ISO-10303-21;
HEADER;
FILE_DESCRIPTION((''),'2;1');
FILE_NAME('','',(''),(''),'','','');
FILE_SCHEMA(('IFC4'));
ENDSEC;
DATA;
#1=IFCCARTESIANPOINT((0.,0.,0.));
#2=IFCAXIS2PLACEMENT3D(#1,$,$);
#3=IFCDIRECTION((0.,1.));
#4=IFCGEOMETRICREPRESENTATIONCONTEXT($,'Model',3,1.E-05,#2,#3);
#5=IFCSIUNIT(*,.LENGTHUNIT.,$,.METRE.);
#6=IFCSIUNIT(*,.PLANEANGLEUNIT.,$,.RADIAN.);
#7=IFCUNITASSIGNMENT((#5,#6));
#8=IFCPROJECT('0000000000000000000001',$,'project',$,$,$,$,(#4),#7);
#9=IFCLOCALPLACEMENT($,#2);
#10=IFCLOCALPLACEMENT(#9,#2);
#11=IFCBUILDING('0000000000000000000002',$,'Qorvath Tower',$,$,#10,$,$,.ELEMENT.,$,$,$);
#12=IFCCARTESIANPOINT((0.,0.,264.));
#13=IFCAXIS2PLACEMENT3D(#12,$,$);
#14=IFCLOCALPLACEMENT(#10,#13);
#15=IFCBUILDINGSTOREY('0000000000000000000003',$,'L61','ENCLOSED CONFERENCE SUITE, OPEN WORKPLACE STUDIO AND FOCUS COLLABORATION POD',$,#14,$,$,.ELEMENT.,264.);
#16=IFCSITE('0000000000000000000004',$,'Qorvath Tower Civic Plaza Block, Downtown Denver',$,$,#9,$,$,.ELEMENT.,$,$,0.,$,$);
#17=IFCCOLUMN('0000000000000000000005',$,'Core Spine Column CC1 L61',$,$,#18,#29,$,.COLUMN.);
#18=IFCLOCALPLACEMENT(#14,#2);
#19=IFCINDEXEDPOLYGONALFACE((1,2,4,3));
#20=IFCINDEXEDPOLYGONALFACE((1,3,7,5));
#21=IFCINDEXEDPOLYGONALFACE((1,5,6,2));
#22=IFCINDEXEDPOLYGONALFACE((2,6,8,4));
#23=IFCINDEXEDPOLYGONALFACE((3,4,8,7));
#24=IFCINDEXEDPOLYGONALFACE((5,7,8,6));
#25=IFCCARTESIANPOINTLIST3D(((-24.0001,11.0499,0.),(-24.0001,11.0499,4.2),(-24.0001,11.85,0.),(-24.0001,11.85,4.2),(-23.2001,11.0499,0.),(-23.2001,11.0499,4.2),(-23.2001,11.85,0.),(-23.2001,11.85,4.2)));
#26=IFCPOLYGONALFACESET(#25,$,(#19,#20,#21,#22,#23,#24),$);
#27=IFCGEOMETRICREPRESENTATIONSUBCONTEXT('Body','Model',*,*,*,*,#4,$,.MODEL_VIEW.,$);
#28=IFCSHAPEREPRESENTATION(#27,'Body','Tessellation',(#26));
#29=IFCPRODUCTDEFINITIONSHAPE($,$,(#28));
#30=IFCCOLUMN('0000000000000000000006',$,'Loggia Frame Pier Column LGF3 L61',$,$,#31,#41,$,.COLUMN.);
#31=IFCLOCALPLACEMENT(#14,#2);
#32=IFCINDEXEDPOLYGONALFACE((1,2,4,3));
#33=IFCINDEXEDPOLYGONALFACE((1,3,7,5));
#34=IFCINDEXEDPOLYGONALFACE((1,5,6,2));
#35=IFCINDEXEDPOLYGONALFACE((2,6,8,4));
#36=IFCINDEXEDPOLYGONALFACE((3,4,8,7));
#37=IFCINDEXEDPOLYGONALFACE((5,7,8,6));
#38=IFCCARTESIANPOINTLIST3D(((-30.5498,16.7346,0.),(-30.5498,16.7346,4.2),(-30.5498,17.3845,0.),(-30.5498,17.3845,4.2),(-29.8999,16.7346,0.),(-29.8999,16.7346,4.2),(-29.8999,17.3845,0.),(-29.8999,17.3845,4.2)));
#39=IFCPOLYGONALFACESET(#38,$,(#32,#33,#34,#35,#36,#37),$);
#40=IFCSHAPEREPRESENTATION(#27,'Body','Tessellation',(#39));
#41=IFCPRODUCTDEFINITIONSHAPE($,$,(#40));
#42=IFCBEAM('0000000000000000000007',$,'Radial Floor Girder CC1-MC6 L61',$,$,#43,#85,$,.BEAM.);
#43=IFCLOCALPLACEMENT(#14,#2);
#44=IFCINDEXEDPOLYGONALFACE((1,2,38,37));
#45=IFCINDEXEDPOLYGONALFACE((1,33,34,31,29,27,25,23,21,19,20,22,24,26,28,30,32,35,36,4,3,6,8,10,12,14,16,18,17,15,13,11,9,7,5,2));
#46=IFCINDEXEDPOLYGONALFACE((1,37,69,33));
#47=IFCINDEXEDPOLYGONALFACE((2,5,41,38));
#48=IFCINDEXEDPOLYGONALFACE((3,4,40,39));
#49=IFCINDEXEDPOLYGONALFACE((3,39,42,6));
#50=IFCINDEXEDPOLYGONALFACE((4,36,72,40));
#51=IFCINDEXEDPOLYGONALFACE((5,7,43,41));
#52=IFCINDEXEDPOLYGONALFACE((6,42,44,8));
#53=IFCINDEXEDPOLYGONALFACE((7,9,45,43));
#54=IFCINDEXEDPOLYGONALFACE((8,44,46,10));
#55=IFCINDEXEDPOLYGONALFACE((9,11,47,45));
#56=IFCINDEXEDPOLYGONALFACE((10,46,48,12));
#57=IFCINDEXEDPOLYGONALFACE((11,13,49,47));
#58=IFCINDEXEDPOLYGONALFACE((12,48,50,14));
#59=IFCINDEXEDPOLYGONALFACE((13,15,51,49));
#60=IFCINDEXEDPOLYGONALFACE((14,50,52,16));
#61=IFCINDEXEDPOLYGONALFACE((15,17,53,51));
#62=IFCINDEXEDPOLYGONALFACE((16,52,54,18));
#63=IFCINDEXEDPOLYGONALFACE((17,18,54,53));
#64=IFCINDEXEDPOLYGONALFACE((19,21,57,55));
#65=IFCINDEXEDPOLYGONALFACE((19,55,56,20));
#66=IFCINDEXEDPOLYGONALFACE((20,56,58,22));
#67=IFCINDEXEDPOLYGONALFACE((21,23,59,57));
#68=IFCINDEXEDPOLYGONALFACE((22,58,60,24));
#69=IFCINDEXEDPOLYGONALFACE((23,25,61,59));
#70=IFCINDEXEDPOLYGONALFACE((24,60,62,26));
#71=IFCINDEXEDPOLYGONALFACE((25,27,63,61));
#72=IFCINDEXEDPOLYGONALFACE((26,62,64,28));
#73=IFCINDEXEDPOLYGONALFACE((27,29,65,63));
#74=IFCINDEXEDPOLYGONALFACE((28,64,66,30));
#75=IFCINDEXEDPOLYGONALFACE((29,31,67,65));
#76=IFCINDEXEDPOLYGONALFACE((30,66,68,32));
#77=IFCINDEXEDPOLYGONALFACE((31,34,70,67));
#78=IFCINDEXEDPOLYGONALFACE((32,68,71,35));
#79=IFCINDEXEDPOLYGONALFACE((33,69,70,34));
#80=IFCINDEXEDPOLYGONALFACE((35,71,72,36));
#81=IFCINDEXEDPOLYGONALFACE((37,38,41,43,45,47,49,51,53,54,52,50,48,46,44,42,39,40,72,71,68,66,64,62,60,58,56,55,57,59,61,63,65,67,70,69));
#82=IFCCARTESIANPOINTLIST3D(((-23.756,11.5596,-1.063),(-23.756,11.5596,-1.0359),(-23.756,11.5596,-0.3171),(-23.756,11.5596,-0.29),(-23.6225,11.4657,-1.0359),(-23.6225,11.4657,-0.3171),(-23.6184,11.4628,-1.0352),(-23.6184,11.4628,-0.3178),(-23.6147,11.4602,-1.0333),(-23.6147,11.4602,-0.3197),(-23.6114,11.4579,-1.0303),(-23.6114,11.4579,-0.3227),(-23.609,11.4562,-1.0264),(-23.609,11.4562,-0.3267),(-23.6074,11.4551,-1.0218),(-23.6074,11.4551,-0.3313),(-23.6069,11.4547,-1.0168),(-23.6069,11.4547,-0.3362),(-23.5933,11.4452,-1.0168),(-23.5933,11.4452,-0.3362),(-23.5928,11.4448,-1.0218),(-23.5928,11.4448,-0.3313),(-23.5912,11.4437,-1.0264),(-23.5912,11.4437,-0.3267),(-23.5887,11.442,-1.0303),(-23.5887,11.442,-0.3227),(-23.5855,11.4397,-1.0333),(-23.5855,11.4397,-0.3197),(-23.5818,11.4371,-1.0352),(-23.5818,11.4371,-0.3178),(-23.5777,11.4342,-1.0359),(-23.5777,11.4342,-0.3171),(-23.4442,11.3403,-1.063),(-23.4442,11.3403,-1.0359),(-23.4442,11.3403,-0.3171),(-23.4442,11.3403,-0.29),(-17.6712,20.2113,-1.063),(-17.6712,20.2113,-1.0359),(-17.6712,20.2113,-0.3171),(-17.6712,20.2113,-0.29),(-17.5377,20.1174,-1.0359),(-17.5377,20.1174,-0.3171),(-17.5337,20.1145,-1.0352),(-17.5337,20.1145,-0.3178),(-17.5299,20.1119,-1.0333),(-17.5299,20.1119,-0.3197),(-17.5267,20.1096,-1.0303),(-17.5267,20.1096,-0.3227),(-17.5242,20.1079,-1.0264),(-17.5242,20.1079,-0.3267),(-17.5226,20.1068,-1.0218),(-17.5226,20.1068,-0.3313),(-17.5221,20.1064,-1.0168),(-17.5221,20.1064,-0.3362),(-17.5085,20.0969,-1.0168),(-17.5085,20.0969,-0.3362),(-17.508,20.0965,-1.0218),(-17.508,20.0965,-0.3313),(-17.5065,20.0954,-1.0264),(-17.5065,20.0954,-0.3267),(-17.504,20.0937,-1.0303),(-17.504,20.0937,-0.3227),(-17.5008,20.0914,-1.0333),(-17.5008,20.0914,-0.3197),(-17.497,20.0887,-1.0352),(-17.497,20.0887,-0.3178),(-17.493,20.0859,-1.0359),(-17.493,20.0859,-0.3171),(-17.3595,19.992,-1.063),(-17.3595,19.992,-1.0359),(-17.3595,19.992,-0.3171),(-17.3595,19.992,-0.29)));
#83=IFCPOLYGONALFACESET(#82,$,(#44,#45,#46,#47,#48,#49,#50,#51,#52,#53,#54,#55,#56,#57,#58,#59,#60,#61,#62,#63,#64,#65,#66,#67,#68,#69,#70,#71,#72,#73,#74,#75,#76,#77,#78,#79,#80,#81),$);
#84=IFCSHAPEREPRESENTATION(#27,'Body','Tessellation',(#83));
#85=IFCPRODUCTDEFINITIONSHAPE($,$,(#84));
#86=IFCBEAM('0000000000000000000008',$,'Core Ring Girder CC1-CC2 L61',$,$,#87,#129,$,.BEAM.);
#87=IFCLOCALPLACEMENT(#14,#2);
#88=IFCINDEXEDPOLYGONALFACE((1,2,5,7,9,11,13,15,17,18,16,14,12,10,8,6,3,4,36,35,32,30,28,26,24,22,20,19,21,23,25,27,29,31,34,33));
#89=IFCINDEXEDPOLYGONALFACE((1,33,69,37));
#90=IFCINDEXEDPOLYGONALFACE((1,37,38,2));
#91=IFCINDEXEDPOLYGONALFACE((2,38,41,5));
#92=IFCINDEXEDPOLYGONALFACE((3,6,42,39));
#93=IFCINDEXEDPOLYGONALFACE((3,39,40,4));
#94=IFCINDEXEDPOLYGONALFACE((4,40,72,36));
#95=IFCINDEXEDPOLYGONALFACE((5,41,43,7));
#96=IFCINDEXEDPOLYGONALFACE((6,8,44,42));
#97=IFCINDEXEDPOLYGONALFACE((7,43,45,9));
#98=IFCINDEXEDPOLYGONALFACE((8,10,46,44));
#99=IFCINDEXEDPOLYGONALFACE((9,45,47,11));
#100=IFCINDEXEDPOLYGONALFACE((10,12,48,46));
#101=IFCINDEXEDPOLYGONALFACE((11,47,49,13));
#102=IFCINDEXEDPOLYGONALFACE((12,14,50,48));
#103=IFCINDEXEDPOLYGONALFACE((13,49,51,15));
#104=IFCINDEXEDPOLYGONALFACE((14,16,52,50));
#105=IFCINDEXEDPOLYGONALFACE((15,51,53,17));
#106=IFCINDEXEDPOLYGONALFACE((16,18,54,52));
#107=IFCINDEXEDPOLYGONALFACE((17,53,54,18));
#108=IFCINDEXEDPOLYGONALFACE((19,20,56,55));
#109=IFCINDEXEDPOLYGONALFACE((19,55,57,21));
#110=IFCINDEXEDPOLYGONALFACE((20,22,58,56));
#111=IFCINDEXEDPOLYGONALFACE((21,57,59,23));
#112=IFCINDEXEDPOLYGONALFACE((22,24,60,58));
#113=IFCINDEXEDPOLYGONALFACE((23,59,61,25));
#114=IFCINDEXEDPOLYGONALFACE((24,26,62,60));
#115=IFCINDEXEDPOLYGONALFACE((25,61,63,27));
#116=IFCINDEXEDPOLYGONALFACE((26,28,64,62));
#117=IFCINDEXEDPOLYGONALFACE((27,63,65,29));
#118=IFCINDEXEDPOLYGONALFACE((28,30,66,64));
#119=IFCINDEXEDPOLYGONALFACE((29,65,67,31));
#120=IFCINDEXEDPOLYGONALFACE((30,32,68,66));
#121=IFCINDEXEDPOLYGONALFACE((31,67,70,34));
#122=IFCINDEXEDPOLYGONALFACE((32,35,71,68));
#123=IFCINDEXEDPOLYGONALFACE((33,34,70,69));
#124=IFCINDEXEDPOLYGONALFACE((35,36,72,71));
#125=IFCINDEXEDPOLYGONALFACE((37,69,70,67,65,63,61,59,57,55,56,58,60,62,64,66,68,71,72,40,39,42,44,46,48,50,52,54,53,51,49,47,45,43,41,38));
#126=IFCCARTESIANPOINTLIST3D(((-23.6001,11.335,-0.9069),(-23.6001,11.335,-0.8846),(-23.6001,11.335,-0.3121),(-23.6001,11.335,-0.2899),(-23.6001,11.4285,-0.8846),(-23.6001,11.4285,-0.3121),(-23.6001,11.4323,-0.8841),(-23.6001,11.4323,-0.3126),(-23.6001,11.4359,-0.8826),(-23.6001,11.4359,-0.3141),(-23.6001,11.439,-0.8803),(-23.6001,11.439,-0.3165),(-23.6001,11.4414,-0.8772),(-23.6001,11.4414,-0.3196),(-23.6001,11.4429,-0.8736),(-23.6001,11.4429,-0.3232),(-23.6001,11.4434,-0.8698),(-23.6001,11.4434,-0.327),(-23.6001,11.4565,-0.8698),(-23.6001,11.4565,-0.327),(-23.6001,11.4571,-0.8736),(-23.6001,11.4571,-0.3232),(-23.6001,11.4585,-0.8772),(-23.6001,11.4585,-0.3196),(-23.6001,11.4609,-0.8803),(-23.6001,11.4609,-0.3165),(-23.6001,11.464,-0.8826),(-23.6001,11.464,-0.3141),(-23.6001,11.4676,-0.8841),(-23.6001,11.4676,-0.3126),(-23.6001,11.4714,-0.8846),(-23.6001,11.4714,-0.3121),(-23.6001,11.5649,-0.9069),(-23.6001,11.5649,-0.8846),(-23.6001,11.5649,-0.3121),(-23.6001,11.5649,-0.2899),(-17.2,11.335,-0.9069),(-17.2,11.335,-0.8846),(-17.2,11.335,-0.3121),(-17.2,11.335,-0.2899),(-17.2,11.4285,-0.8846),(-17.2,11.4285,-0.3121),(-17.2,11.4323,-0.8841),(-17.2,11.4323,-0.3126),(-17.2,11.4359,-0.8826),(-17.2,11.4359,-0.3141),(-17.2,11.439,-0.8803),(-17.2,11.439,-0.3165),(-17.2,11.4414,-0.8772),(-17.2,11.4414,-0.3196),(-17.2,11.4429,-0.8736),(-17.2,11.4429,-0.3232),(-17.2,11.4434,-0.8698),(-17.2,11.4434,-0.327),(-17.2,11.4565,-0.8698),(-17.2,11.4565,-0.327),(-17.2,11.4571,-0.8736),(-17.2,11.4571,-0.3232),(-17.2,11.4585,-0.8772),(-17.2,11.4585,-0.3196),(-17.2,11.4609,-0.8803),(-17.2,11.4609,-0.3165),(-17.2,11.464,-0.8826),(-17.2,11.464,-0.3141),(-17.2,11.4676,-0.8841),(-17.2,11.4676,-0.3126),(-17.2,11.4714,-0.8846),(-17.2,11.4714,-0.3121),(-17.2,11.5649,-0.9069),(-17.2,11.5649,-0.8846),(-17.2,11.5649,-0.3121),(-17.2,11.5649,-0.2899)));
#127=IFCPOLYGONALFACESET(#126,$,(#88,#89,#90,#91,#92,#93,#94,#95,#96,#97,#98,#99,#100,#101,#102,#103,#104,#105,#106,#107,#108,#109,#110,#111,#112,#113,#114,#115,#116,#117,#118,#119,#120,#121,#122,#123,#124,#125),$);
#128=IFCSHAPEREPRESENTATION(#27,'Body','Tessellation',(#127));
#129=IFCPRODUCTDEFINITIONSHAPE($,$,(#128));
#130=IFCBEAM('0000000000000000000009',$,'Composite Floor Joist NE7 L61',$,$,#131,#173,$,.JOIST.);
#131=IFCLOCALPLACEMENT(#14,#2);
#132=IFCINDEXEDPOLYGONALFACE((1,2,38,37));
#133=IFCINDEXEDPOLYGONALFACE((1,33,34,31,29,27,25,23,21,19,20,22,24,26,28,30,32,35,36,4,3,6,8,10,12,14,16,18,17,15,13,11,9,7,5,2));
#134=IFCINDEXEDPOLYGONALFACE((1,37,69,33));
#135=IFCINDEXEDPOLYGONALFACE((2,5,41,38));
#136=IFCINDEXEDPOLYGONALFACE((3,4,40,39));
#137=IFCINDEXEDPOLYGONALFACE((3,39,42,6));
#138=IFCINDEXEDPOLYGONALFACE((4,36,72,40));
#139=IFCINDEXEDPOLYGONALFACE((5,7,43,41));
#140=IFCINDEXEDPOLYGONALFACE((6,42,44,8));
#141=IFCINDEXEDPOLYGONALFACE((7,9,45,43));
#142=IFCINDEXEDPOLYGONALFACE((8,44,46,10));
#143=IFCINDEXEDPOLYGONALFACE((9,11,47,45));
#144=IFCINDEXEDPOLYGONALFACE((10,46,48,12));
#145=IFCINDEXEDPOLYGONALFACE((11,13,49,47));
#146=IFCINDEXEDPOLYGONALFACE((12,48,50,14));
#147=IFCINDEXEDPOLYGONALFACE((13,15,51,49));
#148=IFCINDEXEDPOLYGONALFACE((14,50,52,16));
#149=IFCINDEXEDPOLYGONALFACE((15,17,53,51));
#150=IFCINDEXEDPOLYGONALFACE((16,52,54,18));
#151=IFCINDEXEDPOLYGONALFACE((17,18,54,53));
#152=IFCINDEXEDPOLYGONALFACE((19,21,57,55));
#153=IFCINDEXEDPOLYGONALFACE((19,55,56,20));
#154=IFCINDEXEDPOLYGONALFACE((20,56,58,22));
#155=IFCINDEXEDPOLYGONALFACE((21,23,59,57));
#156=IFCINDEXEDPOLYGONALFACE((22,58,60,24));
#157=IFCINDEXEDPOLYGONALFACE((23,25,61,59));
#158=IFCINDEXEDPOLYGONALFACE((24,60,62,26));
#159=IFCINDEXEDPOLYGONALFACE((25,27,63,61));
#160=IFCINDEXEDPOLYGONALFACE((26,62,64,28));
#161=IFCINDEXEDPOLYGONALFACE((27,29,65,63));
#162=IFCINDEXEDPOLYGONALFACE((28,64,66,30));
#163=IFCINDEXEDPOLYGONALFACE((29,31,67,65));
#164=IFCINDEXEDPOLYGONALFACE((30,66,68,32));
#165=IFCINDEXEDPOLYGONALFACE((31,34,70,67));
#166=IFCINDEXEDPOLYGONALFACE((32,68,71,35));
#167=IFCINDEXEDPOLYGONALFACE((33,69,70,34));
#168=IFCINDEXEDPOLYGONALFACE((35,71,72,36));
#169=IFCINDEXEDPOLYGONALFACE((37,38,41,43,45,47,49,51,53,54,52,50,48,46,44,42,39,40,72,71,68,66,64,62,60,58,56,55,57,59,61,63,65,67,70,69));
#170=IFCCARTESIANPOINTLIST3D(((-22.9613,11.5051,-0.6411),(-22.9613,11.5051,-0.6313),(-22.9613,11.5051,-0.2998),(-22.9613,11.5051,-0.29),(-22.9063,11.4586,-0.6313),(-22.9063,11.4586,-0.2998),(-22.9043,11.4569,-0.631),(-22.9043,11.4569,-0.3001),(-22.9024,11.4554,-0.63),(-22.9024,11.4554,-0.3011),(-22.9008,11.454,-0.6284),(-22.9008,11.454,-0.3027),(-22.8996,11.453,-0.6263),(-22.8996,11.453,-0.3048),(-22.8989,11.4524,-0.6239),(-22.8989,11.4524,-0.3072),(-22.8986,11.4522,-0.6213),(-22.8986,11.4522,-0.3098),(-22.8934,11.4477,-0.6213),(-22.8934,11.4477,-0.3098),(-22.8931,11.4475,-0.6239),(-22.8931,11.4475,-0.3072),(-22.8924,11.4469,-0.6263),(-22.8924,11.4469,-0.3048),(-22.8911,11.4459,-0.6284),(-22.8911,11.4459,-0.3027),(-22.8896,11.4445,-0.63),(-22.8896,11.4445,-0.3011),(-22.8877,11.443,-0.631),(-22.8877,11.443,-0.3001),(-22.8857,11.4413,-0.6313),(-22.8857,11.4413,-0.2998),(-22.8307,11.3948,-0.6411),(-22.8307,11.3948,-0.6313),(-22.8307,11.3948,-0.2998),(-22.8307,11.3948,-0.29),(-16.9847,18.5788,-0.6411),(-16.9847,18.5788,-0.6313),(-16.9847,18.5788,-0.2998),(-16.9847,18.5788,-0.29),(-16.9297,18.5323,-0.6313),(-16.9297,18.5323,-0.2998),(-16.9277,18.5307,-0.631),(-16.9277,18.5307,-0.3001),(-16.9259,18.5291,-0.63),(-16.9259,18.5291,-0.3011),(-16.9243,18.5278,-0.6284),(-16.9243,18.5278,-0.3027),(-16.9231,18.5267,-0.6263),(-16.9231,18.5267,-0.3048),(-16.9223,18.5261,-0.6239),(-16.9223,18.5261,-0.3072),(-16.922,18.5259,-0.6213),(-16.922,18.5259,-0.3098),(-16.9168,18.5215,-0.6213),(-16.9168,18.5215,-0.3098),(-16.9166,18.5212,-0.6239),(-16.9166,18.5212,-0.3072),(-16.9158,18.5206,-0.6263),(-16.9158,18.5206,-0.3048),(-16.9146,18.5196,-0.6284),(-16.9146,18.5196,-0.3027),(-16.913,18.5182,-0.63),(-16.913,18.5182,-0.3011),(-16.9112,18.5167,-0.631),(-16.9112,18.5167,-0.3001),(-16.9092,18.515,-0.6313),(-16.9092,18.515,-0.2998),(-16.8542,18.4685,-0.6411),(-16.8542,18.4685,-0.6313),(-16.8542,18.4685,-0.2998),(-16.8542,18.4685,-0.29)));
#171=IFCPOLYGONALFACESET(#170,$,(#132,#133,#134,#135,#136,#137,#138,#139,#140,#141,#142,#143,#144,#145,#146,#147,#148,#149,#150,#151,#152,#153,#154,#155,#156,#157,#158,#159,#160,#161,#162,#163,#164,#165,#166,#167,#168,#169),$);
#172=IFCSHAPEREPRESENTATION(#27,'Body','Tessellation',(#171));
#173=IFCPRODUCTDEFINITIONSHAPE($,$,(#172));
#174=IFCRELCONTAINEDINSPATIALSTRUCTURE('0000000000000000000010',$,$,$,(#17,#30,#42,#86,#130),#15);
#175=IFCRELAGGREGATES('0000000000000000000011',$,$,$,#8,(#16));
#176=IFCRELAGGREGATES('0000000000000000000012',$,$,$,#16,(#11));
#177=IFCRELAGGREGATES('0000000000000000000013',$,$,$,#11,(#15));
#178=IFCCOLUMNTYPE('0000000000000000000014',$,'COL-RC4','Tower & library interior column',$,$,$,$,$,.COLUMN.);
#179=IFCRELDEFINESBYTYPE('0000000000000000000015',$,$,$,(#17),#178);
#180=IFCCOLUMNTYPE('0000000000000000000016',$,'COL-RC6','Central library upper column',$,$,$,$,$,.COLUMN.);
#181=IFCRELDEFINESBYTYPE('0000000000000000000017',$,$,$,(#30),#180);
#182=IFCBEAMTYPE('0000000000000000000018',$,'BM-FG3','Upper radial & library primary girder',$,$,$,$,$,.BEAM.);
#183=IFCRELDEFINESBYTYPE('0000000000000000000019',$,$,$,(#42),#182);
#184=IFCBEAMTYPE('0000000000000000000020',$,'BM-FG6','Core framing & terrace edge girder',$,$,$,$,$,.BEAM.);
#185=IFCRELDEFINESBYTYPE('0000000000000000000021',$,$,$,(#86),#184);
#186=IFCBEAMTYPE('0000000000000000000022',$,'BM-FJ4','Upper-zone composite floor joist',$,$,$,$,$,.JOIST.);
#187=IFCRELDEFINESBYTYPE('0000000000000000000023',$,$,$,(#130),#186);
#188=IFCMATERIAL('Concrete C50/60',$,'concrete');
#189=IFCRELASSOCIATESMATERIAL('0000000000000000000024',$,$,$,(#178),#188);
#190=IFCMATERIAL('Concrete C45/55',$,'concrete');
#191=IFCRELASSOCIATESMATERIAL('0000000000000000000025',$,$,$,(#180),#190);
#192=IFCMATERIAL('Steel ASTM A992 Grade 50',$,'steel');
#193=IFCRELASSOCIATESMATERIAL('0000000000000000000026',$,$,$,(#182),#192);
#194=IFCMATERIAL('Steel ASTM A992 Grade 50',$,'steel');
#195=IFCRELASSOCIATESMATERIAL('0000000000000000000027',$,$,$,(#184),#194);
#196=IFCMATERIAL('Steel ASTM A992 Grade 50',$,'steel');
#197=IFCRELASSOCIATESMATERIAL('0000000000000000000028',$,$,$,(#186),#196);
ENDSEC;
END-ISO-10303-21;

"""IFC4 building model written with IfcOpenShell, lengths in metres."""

from ifc_helpers import new_model, si_unit, direction, frame, origin, origin_2d, place, context, subcontext, project, spatial, rectangle, i_section, extrude, material, material_profile, profile_set, type_object, element, save


model = new_model("IFC4")

# Units and contexts
model_context = context("Model", 3, precision=1e-05, world=origin(), true_north=direction((0.0, 1.0)))
body_context = subcontext(model_context, "Body", "Model", "MODEL_VIEW")
ifc_project = project(units=[si_unit("LENGTHUNIT", "METRE"), si_unit("PLANEANGLEUNIT", "RADIAN")], contexts=[model_context])

# Site, building, storey
site_placement = place(None, origin())
site = spatial("IfcSite", under=ifc_project, at=site_placement, Name="Qorvath Tower Civic Plaza Block, Downtown Denver", CompositionType="ELEMENT", RefElevation=0.0)
building_placement = place(site_placement, origin())
building = spatial("IfcBuilding", under=site, at=building_placement, Name="Qorvath Tower", CompositionType="ELEMENT")
storey_placement = place(building_placement, frame((0.0, 0.0, 264.0)))
storey = spatial("IfcBuildingStorey", under=building, at=storey_placement, Name="L61", Description="ENCLOSED CONFERENCE SUITE, OPEN WORKPLACE STUDIO AND FOCUS COLLABORATION POD", CompositionType="ELEMENT", Elevation=264.0)

# Columns
ifc_material_1 = material(Name="Concrete C50/60", Category="concrete")
ifc_material_profile_1 = material_profile(ifc_material_1, rectangle(XDim=0.8, YDim=0.8, at=origin_2d()), Name="RC 800x800")
ifc_profile_set_1 = profile_set([ifc_material_profile_1], Name="Concrete C50/60")
column_type_1 = type_object("IfcColumnType", Name="COL-RC4", Description="Tower & library interior column", PredefinedType="COLUMN", material=ifc_profile_set_1)
column_1_placement = place(storey_placement, frame((-23.6001, 11.45, 0.0), z_axis=(0.0, 0.0, 1.0), x_axis=(1.0, 0.0, 0.0)))
element("IfcColumn", 1, at=column_1_placement, inside=storey, type_object=column_type_1, Name="Core Spine Column CC1 L61", PredefinedType="COLUMN", context=body_context, shape_type="SweptSolid", body=[
    extrude(rectangle(XDim=0.8, YDim=0.8, at=origin_2d()), origin(), (0.0, 0.0, 1.0), 4.2),
])
ifc_material_2 = material(Name="Concrete C45/55", Category="concrete")
ifc_material_profile_2 = material_profile(ifc_material_2, rectangle(XDim=0.6499, YDim=0.6499, at=origin_2d()), Name="RC 650x650")
ifc_profile_set_2 = profile_set([ifc_material_profile_2], Name="Concrete C45/55")
column_type_2 = type_object("IfcColumnType", Name="COL-RC6", Description="Central library upper column", PredefinedType="COLUMN", material=ifc_profile_set_2)
column_2_placement = place(storey_placement, frame((-30.2249, 17.0596, 0.0), z_axis=(0.0, 0.0, 1.0), x_axis=(1.0, 0.0, 0.0)))
element("IfcColumn", 2, at=column_2_placement, inside=storey, type_object=column_type_2, Name="Loggia Frame Pier Column LGF3 L61", PredefinedType="COLUMN", context=body_context, shape_type="SweptSolid", body=[
    extrude(rectangle(XDim=0.6499, YDim=0.6499, at=origin_2d()), origin(), (0.0, 0.0, 1.0), 4.2),
])

# Beams
ifc_material_3 = material(Name="Steel ASTM A992 Grade 50", Category="steel")
ifc_material_profile_3 = material_profile(ifc_material_3, i_section(OverallWidth=0.3811, OverallDepth=0.7729, WebThickness=0.0166, FlangeThickness=0.0271, FilletRadius=0.019, at=origin_2d()), Name="W30x173")
ifc_profile_set_3 = profile_set([ifc_material_profile_3], Name="Steel ASTM A992 Grade 50")
beam_type_1 = type_object("IfcBeamType", Name="BM-FG3", Description="Upper radial & library primary girder", PredefinedType="BEAM", material=ifc_profile_set_3)
beam_1_placement = place(storey_placement, frame((-23.6001, 11.45, -0.6765), z_axis=(0.575275, 0.81796, 0.0), x_axis=(-0.81796, 0.575275, 0.0)))
element("IfcBeam", 3, at=beam_1_placement, inside=storey, type_object=beam_type_1, Name="Radial Floor Girder CC1-MC6 L61", PredefinedType="BEAM", context=body_context, shape_type="SweptSolid", body=[
    extrude(i_section(OverallWidth=0.3811, OverallDepth=0.7729, WebThickness=0.0166, FlangeThickness=0.0271, FilletRadius=0.019, at=origin_2d()), origin(), (0.0, 0.0, 1.0), 10.5771),
])
ifc_material_4 = material(Name="Steel ASTM A992 Grade 50", Category="steel")
ifc_material_profile_4 = material_profile(ifc_material_4, i_section(OverallWidth=0.23, OverallDepth=0.6169, WebThickness=0.0132, FlangeThickness=0.0222, FilletRadius=0.0149, at=origin_2d()), Name="W24x94")
ifc_profile_set_4 = profile_set([ifc_material_profile_4], Name="Steel ASTM A992 Grade 50")
beam_type_2 = type_object("IfcBeamType", Name="BM-FG6", Description="Core framing & terrace edge girder", PredefinedType="BEAM", material=ifc_profile_set_4)
beam_2_placement = place(storey_placement, frame((-23.6001, 11.45, -0.5984), z_axis=(1.0, 0.0, 0.0), x_axis=(0.0, 1.0, 0.0)))
element("IfcBeam", 4, at=beam_2_placement, inside=storey, type_object=beam_type_2, Name="Core Ring Girder CC1-CC2 L61", PredefinedType="BEAM", context=body_context, shape_type="SweptSolid", body=[
    extrude(i_section(OverallWidth=0.23, OverallDepth=0.6169, WebThickness=0.0132, FlangeThickness=0.0222, FilletRadius=0.0149, at=origin_2d()), origin(), (0.0, 0.0, 1.0), 6.4001),
])
ifc_material_5 = material(Name="Steel ASTM A992 Grade 50", Category="steel")
ifc_material_profile_5 = material_profile(ifc_material_5, i_section(OverallWidth=0.1709, OverallDepth=0.3511, WebThickness=0.0068, FlangeThickness=0.0098, FilletRadius=0.01, at=origin_2d()), Name="W14x30")
ifc_profile_set_5 = profile_set([ifc_material_profile_5], Name="Steel ASTM A992 Grade 50")
beam_type_3 = type_object("IfcBeamType", Name="BM-FJ4", Description="Upper-zone composite floor joist", PredefinedType="JOIST", material=ifc_profile_set_5)
beam_3_placement = place(storey_placement, frame((-22.896, 11.45, -0.4656), z_axis=(0.645382, 0.76386, 0.0), x_axis=(-0.76386, 0.645382, 0.0)))
element("IfcBeam", 5, at=beam_3_placement, inside=storey, type_object=beam_type_3, Name="Composite Floor Joist NE7 L61", PredefinedType="JOIST", context=body_context, shape_type="SweptSolid", body=[
    extrude(i_section(OverallWidth=0.1709, OverallDepth=0.3511, WebThickness=0.0068, FlangeThickness=0.0098, FilletRadius=0.01, at=origin_2d()), origin(), (0.0, 0.0, 1.0), 9.2605),
])

save(model, "model.ifc")
